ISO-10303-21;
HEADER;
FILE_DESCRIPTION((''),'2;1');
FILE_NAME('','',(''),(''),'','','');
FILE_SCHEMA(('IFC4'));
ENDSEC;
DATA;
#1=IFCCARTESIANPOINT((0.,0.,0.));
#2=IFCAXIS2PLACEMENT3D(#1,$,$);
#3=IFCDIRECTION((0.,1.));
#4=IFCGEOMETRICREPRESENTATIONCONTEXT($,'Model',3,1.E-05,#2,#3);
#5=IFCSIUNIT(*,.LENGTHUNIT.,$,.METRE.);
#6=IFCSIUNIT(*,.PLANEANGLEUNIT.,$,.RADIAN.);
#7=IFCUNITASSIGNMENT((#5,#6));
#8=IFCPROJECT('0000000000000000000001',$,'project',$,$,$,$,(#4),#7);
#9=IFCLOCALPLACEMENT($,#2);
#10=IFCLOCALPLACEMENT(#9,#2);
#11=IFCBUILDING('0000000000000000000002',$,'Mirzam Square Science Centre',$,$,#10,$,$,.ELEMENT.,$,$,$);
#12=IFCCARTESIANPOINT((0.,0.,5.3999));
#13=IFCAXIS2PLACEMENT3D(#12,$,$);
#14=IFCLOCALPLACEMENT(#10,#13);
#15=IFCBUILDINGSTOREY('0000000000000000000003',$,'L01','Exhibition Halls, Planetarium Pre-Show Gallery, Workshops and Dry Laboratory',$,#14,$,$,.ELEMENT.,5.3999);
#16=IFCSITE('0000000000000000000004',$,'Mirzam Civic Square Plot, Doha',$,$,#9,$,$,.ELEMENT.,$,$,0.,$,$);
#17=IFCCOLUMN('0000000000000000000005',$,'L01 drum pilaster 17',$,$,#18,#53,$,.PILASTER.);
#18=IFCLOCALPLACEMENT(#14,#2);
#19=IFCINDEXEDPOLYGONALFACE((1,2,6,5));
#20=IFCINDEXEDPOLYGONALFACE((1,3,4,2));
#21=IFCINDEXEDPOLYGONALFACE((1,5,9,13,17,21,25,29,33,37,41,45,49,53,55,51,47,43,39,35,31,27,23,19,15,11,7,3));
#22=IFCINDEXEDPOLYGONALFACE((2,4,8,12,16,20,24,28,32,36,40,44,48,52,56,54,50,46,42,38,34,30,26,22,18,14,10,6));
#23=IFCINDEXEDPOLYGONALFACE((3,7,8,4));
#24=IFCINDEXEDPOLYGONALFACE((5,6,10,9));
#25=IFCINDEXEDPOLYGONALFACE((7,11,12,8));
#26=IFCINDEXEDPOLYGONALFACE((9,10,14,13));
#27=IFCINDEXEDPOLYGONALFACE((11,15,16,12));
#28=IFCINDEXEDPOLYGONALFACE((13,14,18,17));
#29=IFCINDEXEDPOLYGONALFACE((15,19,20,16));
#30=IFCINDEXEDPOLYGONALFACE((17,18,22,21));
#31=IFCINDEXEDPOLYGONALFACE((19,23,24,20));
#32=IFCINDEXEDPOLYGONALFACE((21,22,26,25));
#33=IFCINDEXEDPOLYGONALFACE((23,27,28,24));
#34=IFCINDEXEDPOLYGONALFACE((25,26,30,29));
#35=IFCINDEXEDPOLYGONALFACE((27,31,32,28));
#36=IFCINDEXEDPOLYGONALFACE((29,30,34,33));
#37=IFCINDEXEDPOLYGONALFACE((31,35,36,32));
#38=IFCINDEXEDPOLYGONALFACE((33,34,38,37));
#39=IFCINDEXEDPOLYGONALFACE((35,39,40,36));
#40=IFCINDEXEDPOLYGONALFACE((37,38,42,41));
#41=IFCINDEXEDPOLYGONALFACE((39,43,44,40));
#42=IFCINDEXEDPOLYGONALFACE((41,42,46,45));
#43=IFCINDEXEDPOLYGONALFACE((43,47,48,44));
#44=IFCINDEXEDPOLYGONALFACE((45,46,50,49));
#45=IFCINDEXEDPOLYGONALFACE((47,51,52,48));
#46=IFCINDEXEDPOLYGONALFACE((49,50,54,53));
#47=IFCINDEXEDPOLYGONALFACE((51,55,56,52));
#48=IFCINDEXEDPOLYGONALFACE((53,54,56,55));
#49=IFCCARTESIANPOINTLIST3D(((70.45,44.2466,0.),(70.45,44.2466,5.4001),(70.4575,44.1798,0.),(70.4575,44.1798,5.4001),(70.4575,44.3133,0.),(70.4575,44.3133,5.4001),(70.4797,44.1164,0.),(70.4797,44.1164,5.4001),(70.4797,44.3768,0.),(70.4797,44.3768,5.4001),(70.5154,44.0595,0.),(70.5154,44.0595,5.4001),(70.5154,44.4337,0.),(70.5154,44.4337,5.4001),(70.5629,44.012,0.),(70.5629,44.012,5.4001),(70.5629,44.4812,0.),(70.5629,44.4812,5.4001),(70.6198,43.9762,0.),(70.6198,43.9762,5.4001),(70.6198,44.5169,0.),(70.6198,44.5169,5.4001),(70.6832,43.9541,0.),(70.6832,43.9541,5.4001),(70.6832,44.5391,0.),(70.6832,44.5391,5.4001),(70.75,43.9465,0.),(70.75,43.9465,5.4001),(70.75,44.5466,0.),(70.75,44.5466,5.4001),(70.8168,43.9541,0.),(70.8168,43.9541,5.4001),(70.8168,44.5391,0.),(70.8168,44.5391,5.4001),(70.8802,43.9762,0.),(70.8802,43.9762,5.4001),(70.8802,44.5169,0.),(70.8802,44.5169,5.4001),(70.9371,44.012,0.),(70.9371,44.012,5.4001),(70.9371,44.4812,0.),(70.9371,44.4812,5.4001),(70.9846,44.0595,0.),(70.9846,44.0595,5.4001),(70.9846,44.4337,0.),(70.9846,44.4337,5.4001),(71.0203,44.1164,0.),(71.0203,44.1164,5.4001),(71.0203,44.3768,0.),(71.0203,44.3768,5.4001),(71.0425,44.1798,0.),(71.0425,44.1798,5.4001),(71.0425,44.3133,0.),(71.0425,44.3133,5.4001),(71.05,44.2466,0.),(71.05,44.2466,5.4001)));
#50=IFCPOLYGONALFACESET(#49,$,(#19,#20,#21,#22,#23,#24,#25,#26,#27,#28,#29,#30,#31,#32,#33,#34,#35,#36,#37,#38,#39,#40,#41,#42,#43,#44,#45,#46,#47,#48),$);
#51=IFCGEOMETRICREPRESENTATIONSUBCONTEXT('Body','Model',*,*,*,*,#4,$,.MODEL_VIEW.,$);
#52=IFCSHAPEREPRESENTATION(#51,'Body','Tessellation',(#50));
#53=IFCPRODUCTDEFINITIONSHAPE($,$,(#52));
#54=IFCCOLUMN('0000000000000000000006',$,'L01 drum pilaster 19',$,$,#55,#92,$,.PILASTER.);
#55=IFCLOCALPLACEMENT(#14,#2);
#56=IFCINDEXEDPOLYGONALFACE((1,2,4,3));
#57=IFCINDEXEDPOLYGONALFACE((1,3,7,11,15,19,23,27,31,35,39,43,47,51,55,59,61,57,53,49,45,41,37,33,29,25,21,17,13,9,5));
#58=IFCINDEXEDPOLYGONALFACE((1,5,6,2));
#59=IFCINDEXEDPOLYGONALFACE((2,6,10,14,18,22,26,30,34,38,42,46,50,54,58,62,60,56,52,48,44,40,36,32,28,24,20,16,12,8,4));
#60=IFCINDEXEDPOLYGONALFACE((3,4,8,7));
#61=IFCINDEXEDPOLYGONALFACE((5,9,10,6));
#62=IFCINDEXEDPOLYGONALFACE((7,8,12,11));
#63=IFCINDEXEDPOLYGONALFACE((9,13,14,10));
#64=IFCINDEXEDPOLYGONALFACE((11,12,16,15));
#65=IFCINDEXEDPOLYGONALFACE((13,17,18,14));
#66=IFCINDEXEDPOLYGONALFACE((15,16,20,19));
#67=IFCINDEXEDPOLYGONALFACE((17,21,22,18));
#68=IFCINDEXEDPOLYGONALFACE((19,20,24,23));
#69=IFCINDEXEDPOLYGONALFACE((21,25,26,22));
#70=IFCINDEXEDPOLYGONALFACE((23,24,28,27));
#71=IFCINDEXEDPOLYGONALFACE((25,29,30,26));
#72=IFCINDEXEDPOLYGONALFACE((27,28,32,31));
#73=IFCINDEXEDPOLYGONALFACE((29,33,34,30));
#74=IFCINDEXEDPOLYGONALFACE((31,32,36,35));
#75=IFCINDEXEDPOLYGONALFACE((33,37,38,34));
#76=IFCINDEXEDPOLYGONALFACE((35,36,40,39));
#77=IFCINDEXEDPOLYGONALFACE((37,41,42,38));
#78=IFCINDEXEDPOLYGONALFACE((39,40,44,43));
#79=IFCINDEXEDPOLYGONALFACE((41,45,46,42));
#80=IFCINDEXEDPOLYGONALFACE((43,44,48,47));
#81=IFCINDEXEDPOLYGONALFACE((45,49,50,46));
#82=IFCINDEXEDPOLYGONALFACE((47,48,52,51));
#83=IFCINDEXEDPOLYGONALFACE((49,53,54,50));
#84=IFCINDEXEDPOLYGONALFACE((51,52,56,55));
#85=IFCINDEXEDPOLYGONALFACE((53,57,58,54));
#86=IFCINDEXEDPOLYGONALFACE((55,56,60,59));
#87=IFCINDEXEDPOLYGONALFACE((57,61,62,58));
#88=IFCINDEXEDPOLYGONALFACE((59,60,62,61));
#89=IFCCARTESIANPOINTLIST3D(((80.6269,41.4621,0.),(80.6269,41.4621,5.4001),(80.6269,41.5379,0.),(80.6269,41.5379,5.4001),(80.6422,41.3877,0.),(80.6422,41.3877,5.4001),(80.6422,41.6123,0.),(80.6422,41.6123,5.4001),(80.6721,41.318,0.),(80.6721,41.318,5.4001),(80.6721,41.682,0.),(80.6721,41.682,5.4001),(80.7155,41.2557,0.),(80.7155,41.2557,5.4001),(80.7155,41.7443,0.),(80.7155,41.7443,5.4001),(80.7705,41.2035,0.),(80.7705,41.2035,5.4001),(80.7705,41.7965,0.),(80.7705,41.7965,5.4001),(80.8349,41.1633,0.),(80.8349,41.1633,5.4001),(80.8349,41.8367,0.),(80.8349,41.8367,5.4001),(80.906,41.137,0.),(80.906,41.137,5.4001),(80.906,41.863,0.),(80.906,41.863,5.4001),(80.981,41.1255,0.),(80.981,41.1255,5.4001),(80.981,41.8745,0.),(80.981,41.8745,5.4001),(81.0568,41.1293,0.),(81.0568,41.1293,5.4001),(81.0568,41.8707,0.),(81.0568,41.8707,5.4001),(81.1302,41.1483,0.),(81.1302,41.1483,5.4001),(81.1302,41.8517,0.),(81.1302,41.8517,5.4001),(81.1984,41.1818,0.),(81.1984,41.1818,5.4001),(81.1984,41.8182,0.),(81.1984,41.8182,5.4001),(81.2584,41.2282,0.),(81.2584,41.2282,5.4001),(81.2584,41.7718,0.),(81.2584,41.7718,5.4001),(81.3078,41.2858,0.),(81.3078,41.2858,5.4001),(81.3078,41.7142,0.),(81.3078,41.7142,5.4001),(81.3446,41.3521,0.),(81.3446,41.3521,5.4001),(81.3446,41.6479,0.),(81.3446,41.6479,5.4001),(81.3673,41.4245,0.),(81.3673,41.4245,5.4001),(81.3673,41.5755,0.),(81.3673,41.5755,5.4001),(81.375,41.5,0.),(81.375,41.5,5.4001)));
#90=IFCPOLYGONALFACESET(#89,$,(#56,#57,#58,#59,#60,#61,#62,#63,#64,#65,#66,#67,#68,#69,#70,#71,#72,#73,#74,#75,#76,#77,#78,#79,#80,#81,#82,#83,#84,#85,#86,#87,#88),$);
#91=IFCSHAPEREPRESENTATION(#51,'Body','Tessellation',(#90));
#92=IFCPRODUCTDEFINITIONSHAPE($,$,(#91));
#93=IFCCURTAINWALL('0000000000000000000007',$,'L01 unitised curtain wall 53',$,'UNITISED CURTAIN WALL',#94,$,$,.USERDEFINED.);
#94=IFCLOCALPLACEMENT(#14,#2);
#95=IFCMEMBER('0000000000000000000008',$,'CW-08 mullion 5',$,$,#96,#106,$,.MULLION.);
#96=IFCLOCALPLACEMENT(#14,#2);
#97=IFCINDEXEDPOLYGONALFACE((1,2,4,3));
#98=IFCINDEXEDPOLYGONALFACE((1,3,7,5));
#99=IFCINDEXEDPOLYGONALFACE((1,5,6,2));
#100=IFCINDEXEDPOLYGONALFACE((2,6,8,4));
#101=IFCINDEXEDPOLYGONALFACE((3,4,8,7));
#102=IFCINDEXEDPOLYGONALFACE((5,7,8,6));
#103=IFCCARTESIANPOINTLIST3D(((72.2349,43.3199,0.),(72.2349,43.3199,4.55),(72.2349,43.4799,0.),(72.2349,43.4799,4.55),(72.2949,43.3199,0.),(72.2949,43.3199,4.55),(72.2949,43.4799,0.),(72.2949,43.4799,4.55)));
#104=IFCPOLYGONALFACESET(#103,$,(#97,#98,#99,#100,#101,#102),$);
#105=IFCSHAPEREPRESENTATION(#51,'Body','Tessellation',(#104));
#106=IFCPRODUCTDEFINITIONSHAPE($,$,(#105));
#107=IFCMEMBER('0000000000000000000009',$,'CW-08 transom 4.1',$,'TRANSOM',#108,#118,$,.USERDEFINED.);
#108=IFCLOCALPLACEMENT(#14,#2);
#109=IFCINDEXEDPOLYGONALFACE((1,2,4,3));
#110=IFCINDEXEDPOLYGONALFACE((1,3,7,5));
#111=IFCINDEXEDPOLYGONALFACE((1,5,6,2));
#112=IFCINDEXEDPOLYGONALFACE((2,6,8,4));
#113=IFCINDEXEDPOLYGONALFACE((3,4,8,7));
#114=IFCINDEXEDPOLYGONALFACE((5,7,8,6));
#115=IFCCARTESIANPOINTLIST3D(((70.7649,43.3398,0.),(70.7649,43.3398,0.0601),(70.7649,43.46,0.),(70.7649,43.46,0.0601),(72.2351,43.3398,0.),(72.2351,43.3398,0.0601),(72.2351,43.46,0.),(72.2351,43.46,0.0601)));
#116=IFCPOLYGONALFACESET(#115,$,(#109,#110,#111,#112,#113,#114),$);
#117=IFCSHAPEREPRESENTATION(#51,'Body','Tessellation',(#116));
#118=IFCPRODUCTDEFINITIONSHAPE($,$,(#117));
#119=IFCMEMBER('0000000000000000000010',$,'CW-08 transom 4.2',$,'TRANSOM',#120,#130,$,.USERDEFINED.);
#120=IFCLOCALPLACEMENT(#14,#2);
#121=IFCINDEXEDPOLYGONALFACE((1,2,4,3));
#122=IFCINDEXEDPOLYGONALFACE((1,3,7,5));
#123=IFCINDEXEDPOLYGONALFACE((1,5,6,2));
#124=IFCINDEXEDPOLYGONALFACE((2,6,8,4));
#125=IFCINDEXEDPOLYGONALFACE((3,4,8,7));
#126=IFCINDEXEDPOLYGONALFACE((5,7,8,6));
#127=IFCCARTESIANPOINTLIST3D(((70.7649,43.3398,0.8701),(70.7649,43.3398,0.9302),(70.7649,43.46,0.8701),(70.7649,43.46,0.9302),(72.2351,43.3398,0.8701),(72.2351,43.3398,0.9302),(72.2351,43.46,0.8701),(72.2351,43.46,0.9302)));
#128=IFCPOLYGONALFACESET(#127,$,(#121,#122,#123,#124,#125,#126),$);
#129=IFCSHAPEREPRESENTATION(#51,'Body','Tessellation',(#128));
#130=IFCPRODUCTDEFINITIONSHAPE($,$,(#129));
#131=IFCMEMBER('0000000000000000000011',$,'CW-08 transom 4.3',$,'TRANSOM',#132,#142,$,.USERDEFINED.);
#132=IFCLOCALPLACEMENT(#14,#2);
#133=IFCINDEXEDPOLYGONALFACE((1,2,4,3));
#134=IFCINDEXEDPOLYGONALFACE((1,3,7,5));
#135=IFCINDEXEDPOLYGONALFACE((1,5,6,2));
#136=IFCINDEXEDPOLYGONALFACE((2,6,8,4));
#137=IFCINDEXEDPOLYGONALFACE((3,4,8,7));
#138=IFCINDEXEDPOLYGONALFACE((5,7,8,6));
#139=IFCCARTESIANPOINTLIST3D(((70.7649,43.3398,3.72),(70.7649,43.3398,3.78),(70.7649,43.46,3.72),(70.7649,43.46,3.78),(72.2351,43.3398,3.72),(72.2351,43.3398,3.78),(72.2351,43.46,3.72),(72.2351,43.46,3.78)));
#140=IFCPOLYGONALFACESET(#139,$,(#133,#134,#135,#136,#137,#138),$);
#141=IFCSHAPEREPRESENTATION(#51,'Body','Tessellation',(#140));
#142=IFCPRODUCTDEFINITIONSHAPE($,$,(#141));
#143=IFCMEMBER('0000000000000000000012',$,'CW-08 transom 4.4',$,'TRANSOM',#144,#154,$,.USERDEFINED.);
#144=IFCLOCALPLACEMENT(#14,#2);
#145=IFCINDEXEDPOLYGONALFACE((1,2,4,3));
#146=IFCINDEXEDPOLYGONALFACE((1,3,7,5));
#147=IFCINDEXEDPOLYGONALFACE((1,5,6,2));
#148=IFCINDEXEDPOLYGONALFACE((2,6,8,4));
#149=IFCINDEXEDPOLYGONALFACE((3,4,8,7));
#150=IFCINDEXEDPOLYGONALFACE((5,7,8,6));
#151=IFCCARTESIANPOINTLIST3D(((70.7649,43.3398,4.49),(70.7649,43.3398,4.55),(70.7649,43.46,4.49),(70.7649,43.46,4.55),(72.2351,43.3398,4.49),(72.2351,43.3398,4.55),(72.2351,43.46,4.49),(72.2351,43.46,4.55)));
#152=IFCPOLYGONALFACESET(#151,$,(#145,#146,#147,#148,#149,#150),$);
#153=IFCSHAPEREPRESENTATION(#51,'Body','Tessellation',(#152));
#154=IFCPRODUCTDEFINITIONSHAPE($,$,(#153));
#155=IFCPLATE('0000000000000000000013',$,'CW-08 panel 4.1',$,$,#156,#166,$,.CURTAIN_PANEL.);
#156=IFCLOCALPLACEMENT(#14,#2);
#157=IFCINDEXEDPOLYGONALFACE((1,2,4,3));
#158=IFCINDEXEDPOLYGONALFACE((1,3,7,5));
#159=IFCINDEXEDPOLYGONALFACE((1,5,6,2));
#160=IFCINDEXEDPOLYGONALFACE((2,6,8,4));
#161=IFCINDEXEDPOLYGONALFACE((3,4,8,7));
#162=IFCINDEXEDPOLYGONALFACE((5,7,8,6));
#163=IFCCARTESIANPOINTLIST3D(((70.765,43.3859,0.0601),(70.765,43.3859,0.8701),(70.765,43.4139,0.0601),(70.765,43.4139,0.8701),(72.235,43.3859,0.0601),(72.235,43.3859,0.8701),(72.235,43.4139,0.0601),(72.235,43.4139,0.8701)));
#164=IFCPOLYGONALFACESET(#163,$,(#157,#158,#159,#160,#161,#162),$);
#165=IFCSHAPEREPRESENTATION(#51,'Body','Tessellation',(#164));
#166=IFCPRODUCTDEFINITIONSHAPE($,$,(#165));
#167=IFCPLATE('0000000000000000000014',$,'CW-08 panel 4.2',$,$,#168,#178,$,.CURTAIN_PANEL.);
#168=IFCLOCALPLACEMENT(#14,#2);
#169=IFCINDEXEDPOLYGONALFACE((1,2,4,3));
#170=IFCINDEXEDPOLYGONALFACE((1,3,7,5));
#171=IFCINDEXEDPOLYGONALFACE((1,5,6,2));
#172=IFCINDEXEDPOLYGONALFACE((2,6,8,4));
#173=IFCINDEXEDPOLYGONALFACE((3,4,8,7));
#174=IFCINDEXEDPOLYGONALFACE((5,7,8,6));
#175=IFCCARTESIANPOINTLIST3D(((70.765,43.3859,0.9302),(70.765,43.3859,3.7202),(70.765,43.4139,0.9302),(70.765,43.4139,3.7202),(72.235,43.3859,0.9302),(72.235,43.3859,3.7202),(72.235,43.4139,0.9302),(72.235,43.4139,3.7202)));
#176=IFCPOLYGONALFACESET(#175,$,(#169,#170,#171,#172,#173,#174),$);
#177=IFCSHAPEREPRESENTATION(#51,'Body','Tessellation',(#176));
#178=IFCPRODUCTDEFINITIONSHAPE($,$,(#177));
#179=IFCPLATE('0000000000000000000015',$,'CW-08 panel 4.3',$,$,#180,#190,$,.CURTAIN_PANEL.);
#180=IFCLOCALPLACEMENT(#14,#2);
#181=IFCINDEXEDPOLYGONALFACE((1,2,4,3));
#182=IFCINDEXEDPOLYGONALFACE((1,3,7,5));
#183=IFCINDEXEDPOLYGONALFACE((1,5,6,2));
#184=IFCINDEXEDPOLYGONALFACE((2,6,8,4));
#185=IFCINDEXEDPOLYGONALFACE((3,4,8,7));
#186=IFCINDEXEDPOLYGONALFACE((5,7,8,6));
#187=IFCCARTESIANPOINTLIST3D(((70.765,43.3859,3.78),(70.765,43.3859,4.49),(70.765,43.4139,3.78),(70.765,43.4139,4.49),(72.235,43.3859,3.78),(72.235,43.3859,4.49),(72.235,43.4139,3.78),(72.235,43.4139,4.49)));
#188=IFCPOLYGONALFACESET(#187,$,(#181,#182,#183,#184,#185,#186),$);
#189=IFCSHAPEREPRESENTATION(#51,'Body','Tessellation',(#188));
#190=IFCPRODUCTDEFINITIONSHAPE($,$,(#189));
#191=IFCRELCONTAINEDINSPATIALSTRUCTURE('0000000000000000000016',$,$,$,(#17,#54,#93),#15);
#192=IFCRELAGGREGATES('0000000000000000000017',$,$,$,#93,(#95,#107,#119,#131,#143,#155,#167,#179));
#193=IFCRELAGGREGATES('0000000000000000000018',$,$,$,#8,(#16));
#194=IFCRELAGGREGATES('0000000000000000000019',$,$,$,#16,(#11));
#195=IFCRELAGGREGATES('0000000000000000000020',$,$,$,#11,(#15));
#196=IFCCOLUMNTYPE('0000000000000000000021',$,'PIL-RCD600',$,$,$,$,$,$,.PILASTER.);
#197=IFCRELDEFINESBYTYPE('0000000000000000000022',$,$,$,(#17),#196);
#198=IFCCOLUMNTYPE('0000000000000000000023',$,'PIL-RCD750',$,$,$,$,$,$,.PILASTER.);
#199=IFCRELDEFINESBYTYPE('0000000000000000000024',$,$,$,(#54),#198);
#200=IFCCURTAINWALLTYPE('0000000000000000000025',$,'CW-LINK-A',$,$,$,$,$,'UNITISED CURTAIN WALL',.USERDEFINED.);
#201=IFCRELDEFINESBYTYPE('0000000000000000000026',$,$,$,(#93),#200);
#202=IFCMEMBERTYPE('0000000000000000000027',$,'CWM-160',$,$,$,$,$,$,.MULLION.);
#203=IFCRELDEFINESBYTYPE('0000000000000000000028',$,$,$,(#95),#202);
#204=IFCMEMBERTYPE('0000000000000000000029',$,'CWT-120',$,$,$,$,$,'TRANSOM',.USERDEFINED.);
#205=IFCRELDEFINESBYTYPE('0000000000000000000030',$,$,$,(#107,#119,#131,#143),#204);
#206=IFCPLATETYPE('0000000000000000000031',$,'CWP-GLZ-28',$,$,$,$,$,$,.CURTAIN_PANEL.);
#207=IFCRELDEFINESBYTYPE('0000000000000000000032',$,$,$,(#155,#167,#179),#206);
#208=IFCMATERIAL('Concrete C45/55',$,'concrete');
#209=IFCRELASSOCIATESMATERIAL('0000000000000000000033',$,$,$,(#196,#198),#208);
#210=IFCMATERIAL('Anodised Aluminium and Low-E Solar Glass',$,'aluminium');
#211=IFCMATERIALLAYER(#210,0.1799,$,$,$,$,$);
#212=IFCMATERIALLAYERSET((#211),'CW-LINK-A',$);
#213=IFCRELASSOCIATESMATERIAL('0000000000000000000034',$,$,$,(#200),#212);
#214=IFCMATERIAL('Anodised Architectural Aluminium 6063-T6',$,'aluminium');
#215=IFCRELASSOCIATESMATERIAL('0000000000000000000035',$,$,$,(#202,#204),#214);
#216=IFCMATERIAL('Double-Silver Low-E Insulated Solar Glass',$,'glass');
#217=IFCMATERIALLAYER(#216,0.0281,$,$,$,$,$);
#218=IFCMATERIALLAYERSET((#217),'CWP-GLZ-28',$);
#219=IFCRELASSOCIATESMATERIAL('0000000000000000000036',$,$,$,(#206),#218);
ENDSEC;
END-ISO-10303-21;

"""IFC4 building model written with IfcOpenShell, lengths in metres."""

from ifc_helpers import new_model, si_unit, direction, frame, origin, origin_2d, place, context, subcontext, project, spatial, rectangle, circle, extrude, material, layer, layer_set, material_profile, profile_set, type_object, element, aggregate, save


model = new_model("IFC4")

# Units and contexts
model_context = context("Model", 3, precision=1e-05, world=origin(), true_north=direction((0.0, 1.0)))
body_context = subcontext(model_context, "Body", "Model", "MODEL_VIEW")
ifc_project = project(units=[si_unit("LENGTHUNIT", "METRE"), si_unit("PLANEANGLEUNIT", "RADIAN")], contexts=[model_context])

# Site, building, storey
site_placement = place(None, origin())
site = spatial("IfcSite", under=ifc_project, at=site_placement, Name="Mirzam Civic Square Plot, Doha", CompositionType="ELEMENT", RefElevation=0.0)
building_placement = place(site_placement, origin())
building = spatial("IfcBuilding", under=site, at=building_placement, Name="Mirzam Square Science Centre", CompositionType="ELEMENT")
storey_placement = place(building_placement, frame((0.0, 0.0, 5.3999)))
storey = spatial("IfcBuildingStorey", under=building, at=storey_placement, Name="L01", Description="Exhibition Halls, Planetarium Pre-Show Gallery, Workshops and Dry Laboratory", CompositionType="ELEMENT", Elevation=5.3999)

# Columns
ifc_material_1 = material(Name="Concrete C45/55", Category="concrete")
ifc_material_profile_1 = material_profile(ifc_material_1, circle(Radius=0.3, at=origin_2d()), Name="RCD600")
ifc_profile_set_1 = profile_set([ifc_material_profile_1], Name="Concrete C45/55")
column_type_1 = type_object("IfcColumnType", Name="PIL-RCD600", PredefinedType="PILASTER", material=ifc_profile_set_1)
column_1_placement = place(storey_placement, frame((70.75, 44.2466, 0.0), z_axis=(0.0, 0.0, 1.0), x_axis=(1.0, 0.0, 0.0)))
element("IfcColumn", 1, at=column_1_placement, inside=storey, type_object=column_type_1, Name="L01 drum pilaster 17", PredefinedType="PILASTER", context=body_context, shape_type="SweptSolid", body=[
    extrude(circle(Radius=0.3, at=origin_2d()), origin(), (0.0, 0.0, 1.0), 5.4001),
])
ifc_material_profile_2 = material_profile(ifc_material_1, circle(Radius=0.375, at=origin_2d()), Name="RCD750")
ifc_profile_set_2 = profile_set([ifc_material_profile_2], Name="Concrete C45/55")
column_type_2 = type_object("IfcColumnType", Name="PIL-RCD750", PredefinedType="PILASTER", material=ifc_profile_set_2)
column_2_placement = place(storey_placement, frame((81.0, 41.5, 0.0), z_axis=(0.0, 0.0, 1.0), x_axis=(1.0, 0.0, 0.0)))
element("IfcColumn", 2, at=column_2_placement, inside=storey, type_object=column_type_2, Name="L01 drum pilaster 19", PredefinedType="PILASTER", context=body_context, shape_type="SweptSolid", body=[
    extrude(circle(Radius=0.375, at=origin_2d()), origin(), (0.0, 0.0, 1.0), 5.4001),
])

# Curtain wall, members, plates
ifc_material_2 = material(Name="Anodised Aluminium and Low-E Solar Glass", Category="aluminium")
ifc_layer_1 = layer(ifc_material_2, 0.1799)
ifc_layer_set_1 = layer_set([ifc_layer_1], Name="CW-LINK-A")
curtain_wall_type = type_object("IfcCurtainWallType", Name="CW-LINK-A", ElementType="UNITISED CURTAIN WALL", PredefinedType="USERDEFINED", material=ifc_layer_set_1)
curtain_wall_placement = place(storey_placement, origin())
curtain_wall = element("IfcCurtainWall", 3, at=curtain_wall_placement, inside=storey, type_object=curtain_wall_type, Name="L01 unitised curtain wall 53", ObjectType="UNITISED CURTAIN WALL", PredefinedType="USERDEFINED")
ifc_material_3 = material(Name="Anodised Architectural Aluminium 6063-T6", Category="aluminium")
ifc_material_profile_3 = material_profile(ifc_material_3, rectangle(XDim=0.0601, YDim=0.1599, at=origin_2d()), Name="ALU-MULL-160x60x4")
ifc_profile_set_3 = profile_set([ifc_material_profile_3], Name="Anodised Architectural Aluminium 6063-T6")
member_type_1 = type_object("IfcMemberType", Name="CWM-160", PredefinedType="MULLION", material=ifc_profile_set_3)
member_1_placement = place(storey_placement, frame((72.2649, 43.3999, 0.0), z_axis=(0.0, 0.0, 1.0), x_axis=(1.0, 0.0, 0.0)))
member_1 = element("IfcMember", 4, at=member_1_placement, type_object=member_type_1, Name="CW-08 mullion 5", PredefinedType="MULLION", context=body_context, shape_type="SweptSolid", body=[
    extrude(rectangle(XDim=0.0601, YDim=0.1599, at=origin_2d()), origin(), (0.0, 0.0, 1.0), 4.55),
])
ifc_material_profile_4 = material_profile(ifc_material_3, rectangle(XDim=0.1201, YDim=0.0601, at=origin_2d()), Name="ALU-TRAN-120x60x4")
ifc_profile_set_4 = profile_set([ifc_material_profile_4], Name="Anodised Architectural Aluminium 6063-T6")
member_type_2 = type_object("IfcMemberType", Name="CWT-120", ElementType="TRANSOM", PredefinedType="USERDEFINED", material=ifc_profile_set_4)
member_2_placement = place(storey_placement, frame((70.7649, 43.3999, 0.03), z_axis=(1.0, 0.0, 0.0), x_axis=(0.0, 1.0, 0.0)))
member_2 = element("IfcMember", 5, at=member_2_placement, type_object=member_type_2, Name="CW-08 transom 4.1", ObjectType="TRANSOM", PredefinedType="USERDEFINED", context=body_context, shape_type="SweptSolid", body=[
    extrude(rectangle(XDim=0.1201, YDim=0.0601, at=origin_2d()), origin(), (0.0, 0.0, 1.0), 1.4702),
])
member_3_placement = place(storey_placement, frame((70.7649, 43.3999, 0.9001), z_axis=(1.0, 0.0, 0.0), x_axis=(0.0, 1.0, 0.0)))
member_3 = element("IfcMember", 6, at=member_3_placement, type_object=member_type_2, Name="CW-08 transom 4.2", ObjectType="TRANSOM", PredefinedType="USERDEFINED", context=body_context, shape_type="SweptSolid", body=[
    extrude(rectangle(XDim=0.1201, YDim=0.0601, at=origin_2d()), origin(), (0.0, 0.0, 1.0), 1.4702),
])
member_4_placement = place(storey_placement, frame((70.7649, 43.3999, 3.75), z_axis=(1.0, 0.0, 0.0), x_axis=(0.0, 1.0, 0.0)))
member_4 = element("IfcMember", 7, at=member_4_placement, type_object=member_type_2, Name="CW-08 transom 4.3", ObjectType="TRANSOM", PredefinedType="USERDEFINED", context=body_context, shape_type="SweptSolid", body=[
    extrude(rectangle(XDim=0.1201, YDim=0.0601, at=origin_2d()), origin(), (0.0, 0.0, 1.0), 1.4702),
])
member_5_placement = place(storey_placement, frame((70.7649, 43.3999, 4.52), z_axis=(1.0, 0.0, 0.0), x_axis=(0.0, 1.0, 0.0)))
member_5 = element("IfcMember", 8, at=member_5_placement, type_object=member_type_2, Name="CW-08 transom 4.4", ObjectType="TRANSOM", PredefinedType="USERDEFINED", context=body_context, shape_type="SweptSolid", body=[
    extrude(rectangle(XDim=0.1201, YDim=0.0601, at=origin_2d()), origin(), (0.0, 0.0, 1.0), 1.4702),
])
ifc_material_4 = material(Name="Double-Silver Low-E Insulated Solar Glass", Category="glass")
ifc_layer_2 = layer(ifc_material_4, 0.0281)
ifc_layer_set_2 = layer_set([ifc_layer_2], Name="CWP-GLZ-28")
plate_type = type_object("IfcPlateType", Name="CWP-GLZ-28", PredefinedType="CURTAIN_PANEL", material=ifc_layer_set_2)
plate_1_placement = place(storey_placement, frame((71.5, 43.3999, 0.0601), z_axis=(0.0, 0.0, 1.0), x_axis=(1.0, 0.0, 0.0)))
plate_1 = element("IfcPlate", 9, at=plate_1_placement, type_object=plate_type, Name="CW-08 panel 4.1", PredefinedType="CURTAIN_PANEL", context=body_context, shape_type="SweptSolid", body=[
    extrude(rectangle(XDim=1.47, YDim=0.0281, at=origin_2d()), origin(), (0.0, 0.0, 1.0), 0.8101),
])
plate_2_placement = place(storey_placement, frame((71.5, 43.3999, 0.9302), z_axis=(0.0, 0.0, 1.0), x_axis=(1.0, 0.0, 0.0)))
plate_2 = element("IfcPlate", 10, at=plate_2_placement, type_object=plate_type, Name="CW-08 panel 4.2", PredefinedType="CURTAIN_PANEL", context=body_context, shape_type="SweptSolid", body=[
    extrude(rectangle(XDim=1.47, YDim=0.0281, at=origin_2d()), origin(), (0.0, 0.0, 1.0), 2.79),
])
plate_3_placement = place(storey_placement, frame((71.5, 43.3999, 3.78), z_axis=(0.0, 0.0, 1.0), x_axis=(1.0, 0.0, 0.0)))
plate_3 = element("IfcPlate", 11, at=plate_3_placement, type_object=plate_type, Name="CW-08 panel 4.3", PredefinedType="CURTAIN_PANEL", context=body_context, shape_type="SweptSolid", body=[
    extrude(rectangle(XDim=1.47, YDim=0.0281, at=origin_2d()), origin(), (0.0, 0.0, 1.0), 0.71),
])
aggregate(curtain_wall, [member_1, member_2, member_3, member_4, member_5, plate_1, plate_2, plate_3])

save(model, "model.ifc")
